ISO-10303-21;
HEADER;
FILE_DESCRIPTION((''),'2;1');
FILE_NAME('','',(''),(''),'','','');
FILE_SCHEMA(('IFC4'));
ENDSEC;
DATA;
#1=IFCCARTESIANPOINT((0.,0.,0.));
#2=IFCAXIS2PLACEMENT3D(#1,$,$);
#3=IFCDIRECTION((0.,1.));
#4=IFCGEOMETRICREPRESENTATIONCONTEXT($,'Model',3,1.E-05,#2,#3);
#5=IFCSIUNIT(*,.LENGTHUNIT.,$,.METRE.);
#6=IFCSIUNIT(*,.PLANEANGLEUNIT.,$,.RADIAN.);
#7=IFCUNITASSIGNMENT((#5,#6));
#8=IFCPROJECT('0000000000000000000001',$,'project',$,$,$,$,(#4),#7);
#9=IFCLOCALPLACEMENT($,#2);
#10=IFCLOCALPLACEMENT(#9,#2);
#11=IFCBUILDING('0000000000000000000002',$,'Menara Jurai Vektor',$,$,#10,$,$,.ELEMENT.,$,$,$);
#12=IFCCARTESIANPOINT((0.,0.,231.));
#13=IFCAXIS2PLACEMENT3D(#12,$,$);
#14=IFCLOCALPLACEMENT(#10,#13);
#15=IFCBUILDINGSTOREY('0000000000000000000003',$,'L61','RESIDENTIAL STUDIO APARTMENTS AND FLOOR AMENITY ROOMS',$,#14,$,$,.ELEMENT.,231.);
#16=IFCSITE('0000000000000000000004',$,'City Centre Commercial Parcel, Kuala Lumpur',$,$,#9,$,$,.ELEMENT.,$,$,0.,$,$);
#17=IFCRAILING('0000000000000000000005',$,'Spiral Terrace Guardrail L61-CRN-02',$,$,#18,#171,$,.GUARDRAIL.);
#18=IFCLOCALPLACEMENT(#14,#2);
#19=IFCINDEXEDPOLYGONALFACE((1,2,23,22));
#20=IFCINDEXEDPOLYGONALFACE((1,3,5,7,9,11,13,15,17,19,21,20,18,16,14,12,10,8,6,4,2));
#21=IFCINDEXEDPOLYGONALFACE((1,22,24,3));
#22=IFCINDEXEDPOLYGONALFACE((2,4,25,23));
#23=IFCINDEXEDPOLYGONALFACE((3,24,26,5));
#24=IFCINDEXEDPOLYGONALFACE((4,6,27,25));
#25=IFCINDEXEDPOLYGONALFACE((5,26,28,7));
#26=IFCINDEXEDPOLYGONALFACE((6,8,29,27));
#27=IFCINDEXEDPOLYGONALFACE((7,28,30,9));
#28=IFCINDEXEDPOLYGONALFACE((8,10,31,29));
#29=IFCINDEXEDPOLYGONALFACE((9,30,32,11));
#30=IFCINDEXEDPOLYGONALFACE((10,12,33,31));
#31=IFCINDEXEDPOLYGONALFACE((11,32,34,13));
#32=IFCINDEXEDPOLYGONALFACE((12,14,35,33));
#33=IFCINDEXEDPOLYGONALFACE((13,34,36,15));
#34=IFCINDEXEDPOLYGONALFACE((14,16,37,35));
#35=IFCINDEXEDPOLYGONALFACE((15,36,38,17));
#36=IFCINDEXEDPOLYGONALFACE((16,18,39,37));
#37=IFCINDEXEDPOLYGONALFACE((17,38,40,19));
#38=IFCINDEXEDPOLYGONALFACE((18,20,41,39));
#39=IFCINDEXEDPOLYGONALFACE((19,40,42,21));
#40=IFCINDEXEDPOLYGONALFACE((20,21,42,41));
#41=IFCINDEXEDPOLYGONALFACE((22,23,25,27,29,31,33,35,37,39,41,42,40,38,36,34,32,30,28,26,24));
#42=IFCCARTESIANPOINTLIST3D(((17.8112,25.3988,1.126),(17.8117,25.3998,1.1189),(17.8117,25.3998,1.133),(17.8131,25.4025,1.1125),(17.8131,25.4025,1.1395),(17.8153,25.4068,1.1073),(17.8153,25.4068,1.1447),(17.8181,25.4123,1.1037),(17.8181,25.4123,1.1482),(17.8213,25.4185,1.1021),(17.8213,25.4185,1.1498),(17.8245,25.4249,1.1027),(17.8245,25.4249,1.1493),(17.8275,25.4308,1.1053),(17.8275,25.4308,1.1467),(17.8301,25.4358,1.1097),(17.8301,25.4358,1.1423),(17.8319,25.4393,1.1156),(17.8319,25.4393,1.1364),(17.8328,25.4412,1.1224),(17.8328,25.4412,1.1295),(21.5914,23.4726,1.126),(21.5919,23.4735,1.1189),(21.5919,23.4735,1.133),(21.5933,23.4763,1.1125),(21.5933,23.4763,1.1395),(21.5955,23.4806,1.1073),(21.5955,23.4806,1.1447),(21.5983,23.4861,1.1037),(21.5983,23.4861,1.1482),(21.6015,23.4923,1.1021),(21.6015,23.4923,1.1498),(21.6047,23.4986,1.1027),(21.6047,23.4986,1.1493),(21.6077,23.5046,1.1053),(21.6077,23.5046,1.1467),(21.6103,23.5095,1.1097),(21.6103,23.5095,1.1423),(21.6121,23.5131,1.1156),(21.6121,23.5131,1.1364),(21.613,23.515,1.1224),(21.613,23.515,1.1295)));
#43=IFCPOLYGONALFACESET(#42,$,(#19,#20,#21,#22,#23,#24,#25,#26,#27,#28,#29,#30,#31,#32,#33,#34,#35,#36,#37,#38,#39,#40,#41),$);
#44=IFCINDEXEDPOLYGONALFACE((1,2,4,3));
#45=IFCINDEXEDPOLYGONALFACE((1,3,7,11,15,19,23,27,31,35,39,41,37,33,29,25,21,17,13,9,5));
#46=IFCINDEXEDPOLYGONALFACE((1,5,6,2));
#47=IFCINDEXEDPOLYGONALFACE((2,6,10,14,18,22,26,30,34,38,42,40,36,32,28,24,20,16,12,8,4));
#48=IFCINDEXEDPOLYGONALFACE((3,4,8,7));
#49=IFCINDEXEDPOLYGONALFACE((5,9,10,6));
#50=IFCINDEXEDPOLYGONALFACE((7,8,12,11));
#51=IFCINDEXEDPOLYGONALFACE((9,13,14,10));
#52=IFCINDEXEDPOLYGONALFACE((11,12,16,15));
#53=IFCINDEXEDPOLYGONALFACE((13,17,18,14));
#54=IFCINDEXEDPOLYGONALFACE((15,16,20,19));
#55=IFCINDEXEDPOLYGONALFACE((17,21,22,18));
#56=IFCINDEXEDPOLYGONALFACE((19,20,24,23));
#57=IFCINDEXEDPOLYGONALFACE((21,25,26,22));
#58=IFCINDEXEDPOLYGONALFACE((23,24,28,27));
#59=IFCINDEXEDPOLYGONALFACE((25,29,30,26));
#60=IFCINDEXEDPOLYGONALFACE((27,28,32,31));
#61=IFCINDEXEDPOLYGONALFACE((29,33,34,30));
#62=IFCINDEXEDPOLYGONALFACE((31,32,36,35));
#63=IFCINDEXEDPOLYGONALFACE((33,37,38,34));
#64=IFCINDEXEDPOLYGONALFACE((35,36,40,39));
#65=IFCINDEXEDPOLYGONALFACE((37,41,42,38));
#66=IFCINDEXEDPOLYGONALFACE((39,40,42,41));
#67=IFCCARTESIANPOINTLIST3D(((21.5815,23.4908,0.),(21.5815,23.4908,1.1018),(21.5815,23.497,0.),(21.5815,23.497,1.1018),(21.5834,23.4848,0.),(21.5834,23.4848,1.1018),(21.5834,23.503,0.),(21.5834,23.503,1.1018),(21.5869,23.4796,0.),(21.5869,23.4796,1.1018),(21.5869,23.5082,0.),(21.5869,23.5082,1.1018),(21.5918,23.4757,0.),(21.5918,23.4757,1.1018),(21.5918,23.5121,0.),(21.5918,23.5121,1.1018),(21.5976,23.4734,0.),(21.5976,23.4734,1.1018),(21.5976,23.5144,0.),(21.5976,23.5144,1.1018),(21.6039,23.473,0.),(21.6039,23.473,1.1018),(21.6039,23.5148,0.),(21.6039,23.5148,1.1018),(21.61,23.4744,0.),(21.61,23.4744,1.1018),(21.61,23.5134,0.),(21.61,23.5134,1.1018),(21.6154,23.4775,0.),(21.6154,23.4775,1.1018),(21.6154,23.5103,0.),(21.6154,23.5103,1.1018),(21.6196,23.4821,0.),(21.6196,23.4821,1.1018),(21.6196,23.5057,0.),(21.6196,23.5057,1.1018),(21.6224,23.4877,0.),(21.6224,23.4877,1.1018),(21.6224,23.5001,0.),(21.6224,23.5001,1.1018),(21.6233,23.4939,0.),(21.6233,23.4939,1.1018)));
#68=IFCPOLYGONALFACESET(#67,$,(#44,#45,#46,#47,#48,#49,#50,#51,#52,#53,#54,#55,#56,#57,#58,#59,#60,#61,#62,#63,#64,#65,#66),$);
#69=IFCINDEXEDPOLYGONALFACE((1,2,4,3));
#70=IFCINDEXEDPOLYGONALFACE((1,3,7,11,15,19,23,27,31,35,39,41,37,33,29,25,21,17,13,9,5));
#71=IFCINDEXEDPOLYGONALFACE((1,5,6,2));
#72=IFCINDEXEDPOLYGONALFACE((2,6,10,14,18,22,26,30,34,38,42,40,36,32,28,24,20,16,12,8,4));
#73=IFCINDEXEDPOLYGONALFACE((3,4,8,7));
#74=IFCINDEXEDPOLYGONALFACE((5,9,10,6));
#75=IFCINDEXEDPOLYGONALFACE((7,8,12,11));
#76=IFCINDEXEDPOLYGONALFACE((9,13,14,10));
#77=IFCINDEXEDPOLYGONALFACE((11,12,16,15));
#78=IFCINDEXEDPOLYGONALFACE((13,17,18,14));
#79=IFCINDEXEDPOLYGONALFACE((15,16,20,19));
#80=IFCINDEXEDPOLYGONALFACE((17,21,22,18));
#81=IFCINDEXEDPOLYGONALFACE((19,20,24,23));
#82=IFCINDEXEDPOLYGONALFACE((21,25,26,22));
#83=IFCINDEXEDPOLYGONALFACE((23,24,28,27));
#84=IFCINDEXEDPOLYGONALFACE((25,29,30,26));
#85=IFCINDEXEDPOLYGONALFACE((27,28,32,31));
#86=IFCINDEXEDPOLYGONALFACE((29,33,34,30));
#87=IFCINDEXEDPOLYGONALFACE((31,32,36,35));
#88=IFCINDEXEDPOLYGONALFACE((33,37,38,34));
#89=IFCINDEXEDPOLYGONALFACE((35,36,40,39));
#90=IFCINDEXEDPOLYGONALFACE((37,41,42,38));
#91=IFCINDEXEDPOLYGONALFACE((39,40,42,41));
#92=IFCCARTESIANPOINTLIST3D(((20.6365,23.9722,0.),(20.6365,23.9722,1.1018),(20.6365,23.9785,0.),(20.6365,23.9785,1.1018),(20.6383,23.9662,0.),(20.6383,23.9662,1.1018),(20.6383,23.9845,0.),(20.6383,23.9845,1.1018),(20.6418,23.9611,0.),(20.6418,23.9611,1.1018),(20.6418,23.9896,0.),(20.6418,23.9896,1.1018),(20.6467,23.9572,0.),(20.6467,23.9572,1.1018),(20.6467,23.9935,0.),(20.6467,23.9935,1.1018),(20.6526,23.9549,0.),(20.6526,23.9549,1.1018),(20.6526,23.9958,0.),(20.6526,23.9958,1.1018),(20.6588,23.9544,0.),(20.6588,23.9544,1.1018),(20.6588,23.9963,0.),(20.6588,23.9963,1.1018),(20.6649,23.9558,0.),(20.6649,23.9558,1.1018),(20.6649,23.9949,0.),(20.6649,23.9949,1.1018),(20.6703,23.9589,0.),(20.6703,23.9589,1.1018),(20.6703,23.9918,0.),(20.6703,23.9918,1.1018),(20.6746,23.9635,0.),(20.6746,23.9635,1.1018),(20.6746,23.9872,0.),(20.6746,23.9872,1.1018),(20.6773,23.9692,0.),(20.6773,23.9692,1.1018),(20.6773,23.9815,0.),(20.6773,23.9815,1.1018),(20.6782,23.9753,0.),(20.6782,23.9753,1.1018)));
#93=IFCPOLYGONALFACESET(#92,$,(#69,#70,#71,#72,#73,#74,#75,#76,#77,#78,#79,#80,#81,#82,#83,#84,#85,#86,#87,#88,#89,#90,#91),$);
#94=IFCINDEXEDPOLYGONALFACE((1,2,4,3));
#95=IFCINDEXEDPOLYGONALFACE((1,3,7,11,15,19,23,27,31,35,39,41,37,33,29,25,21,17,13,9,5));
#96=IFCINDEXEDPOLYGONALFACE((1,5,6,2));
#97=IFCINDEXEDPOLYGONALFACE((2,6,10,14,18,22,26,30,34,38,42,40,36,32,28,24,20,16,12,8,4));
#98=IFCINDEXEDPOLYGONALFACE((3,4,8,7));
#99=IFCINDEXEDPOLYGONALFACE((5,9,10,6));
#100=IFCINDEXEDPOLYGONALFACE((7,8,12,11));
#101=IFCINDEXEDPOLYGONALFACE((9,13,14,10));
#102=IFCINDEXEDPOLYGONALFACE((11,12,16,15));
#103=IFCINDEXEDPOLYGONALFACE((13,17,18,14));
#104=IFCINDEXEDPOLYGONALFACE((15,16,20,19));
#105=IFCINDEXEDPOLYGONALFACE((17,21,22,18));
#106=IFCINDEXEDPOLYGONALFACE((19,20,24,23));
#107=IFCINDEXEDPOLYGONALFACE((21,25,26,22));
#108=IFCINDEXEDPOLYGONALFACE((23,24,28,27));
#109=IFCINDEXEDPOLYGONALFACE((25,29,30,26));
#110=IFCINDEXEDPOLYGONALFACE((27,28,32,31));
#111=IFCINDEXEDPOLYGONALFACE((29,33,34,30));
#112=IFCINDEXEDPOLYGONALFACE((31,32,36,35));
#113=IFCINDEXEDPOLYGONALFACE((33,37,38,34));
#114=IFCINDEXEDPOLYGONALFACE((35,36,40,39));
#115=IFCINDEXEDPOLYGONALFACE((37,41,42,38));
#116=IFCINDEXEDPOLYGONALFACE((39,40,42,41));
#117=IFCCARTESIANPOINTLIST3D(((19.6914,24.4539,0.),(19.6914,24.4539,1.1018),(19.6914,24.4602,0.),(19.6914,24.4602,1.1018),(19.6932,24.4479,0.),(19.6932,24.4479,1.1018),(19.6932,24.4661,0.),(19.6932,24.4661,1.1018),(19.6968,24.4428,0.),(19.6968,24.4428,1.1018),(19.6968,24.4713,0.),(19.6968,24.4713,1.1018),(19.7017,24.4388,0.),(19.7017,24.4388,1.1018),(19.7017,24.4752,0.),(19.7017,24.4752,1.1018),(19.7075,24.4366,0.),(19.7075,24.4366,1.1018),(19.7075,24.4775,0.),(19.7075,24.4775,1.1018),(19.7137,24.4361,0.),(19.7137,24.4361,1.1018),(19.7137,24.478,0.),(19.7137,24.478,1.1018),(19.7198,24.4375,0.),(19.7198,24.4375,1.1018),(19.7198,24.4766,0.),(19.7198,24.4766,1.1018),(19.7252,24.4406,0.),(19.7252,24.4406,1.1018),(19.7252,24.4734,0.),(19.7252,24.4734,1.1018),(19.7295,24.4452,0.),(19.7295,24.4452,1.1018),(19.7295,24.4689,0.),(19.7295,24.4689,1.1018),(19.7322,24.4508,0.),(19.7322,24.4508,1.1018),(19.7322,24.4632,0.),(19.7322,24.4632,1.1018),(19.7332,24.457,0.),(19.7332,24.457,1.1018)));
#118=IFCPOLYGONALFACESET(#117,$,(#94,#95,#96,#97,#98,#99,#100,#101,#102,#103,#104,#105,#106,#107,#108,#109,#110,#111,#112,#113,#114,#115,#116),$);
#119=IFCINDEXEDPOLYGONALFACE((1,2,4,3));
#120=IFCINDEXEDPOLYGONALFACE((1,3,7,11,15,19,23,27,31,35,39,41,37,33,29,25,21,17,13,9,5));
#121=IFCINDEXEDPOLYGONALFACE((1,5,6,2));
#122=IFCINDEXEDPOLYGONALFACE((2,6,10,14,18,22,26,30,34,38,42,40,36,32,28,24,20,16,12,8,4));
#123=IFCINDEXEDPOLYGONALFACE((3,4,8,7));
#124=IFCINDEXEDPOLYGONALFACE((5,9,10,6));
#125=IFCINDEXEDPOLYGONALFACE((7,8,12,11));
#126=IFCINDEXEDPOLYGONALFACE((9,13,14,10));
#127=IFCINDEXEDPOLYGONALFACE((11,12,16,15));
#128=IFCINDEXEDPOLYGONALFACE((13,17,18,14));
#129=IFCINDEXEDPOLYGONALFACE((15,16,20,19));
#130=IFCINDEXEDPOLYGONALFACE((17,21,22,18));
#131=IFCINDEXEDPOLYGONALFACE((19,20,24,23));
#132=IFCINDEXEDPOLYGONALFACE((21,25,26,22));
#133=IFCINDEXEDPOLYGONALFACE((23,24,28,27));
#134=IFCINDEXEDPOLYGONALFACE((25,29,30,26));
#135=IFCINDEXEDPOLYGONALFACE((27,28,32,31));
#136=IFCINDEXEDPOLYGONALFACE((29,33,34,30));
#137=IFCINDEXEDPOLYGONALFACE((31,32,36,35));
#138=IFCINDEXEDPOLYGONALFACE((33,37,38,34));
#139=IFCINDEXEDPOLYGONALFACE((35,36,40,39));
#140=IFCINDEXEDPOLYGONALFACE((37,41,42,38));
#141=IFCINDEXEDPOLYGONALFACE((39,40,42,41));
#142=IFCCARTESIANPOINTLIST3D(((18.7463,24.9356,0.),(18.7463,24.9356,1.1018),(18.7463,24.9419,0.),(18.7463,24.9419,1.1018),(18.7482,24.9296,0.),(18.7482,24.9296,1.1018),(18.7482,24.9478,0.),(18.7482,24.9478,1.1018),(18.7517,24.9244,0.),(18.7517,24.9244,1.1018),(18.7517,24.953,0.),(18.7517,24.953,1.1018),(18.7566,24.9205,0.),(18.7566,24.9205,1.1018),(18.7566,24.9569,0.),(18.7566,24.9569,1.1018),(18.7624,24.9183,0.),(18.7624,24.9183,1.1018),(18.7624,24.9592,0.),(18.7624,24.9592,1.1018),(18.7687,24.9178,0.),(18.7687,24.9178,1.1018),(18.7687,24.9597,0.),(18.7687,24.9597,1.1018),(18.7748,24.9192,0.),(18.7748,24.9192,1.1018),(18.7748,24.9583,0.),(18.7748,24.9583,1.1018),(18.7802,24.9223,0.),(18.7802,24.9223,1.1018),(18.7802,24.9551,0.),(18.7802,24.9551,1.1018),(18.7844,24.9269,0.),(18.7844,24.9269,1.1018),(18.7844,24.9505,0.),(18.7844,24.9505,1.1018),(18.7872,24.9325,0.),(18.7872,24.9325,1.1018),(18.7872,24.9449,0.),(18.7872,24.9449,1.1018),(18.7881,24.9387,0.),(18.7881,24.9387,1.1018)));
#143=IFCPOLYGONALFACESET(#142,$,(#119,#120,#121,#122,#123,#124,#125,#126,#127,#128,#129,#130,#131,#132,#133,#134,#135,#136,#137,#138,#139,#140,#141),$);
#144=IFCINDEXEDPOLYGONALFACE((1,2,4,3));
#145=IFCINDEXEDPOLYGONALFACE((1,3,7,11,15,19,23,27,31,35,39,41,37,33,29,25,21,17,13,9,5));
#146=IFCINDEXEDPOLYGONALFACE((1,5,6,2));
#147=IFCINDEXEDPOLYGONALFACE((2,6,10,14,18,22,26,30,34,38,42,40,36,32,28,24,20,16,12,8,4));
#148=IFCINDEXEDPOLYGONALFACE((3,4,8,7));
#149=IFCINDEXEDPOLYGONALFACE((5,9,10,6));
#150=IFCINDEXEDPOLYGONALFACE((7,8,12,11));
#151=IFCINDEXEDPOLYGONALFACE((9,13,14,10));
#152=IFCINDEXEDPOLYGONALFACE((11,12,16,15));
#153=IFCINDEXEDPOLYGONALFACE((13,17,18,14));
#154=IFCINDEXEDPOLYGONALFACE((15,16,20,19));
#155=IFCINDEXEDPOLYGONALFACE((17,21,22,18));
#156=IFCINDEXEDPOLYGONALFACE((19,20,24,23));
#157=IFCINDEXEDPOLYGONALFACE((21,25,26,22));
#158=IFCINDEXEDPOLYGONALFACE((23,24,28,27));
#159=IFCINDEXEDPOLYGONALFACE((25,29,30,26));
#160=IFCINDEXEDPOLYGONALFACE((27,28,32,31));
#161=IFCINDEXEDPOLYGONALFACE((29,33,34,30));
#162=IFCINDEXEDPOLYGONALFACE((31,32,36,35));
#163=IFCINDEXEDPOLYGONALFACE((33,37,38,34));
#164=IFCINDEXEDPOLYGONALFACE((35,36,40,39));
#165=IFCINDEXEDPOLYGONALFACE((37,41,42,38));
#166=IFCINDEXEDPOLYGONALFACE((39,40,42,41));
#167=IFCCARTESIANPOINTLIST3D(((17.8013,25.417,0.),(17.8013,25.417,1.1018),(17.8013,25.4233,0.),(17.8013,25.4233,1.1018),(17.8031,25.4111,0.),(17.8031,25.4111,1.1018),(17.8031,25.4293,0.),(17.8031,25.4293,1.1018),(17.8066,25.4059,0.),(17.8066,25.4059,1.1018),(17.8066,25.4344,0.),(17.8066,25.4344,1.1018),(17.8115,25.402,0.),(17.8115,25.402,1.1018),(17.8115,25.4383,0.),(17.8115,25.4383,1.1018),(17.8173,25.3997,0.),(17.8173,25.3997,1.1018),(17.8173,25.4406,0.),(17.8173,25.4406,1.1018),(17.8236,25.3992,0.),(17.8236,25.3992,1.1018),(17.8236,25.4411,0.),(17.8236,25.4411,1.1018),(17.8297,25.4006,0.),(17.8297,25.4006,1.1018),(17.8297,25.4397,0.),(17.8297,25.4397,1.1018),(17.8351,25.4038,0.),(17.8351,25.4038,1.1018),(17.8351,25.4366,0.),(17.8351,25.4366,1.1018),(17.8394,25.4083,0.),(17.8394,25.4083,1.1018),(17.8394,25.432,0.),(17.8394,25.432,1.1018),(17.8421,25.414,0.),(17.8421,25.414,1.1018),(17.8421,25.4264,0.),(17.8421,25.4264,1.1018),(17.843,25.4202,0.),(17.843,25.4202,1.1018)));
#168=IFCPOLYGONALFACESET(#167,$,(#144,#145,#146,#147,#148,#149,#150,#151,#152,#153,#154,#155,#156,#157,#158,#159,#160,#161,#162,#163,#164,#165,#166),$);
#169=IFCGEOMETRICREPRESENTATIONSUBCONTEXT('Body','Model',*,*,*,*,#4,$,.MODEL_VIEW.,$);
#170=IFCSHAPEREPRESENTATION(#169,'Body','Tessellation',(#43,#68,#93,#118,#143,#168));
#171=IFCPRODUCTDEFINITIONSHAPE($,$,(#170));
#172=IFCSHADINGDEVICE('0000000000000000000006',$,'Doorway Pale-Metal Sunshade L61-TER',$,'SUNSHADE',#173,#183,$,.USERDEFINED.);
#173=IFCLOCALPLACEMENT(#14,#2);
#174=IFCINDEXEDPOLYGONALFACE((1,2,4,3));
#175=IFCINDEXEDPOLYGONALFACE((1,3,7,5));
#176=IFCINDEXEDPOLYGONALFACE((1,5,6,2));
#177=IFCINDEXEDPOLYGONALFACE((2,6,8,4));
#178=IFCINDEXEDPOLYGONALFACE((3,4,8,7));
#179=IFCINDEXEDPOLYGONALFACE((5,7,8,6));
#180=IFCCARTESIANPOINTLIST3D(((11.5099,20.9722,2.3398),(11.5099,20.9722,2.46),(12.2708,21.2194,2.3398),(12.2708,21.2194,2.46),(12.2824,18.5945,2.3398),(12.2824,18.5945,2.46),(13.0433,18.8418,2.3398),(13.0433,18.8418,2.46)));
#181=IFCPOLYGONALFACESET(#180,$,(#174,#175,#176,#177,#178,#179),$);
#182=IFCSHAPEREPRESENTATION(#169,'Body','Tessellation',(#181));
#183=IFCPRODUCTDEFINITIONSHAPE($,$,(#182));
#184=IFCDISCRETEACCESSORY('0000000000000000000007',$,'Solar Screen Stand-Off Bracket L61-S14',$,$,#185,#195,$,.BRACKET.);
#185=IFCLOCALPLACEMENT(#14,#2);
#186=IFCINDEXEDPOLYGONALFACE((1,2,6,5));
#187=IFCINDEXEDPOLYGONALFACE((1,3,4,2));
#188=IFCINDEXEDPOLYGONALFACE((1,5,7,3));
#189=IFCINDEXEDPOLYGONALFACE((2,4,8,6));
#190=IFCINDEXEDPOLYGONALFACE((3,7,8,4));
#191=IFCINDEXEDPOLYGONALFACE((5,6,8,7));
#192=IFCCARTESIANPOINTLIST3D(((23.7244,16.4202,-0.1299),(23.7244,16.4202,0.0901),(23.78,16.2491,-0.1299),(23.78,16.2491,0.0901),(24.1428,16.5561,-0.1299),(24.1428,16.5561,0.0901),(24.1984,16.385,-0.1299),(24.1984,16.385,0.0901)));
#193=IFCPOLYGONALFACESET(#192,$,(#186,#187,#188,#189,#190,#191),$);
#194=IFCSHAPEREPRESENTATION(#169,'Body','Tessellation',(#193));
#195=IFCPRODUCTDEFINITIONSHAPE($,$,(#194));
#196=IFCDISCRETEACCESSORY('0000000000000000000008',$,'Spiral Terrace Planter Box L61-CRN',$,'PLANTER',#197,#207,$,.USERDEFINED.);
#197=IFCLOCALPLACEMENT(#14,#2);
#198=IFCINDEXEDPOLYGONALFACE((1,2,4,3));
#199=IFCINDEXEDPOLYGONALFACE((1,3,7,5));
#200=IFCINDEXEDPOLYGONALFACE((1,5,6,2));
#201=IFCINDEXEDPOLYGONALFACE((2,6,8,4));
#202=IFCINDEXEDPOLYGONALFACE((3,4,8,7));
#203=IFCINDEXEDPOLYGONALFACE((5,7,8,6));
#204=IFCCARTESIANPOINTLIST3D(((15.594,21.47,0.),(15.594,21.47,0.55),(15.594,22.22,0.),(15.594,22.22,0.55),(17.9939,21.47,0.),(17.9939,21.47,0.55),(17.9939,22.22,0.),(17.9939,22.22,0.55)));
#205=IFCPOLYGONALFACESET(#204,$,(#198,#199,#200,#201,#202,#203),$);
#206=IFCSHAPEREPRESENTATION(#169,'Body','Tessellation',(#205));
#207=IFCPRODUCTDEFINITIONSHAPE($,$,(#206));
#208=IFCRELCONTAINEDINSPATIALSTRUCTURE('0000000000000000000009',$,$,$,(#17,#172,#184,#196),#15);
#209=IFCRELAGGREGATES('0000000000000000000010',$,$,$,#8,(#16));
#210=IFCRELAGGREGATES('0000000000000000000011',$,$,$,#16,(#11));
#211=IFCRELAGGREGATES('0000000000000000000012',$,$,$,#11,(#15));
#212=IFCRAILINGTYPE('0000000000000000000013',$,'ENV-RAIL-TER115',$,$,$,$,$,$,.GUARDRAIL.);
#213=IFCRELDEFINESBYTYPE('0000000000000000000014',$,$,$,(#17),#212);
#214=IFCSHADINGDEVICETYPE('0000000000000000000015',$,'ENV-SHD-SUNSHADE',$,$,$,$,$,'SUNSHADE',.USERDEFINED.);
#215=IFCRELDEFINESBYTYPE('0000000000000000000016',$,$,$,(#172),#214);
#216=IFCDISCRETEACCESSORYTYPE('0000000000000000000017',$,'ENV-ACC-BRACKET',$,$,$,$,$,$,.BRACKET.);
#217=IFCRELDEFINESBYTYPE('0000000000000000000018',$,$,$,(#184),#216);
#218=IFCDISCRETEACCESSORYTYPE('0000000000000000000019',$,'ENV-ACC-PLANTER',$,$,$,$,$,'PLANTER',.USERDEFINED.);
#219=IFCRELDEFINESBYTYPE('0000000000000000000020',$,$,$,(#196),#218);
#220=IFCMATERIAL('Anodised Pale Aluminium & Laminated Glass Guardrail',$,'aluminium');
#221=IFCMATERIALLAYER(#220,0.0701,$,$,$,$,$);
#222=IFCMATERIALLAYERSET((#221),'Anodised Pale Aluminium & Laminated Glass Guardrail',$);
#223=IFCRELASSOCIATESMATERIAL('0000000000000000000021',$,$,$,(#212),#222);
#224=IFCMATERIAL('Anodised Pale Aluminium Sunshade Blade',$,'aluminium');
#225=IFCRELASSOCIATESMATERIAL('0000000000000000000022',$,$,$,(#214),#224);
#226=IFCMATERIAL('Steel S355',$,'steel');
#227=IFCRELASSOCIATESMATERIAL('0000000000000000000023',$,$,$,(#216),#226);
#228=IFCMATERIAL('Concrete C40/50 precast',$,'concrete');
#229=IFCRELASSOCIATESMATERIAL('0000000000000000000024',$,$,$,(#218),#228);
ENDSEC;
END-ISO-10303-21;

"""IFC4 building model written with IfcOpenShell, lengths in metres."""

from ifc_helpers import new_model, si_unit, direction, frame, origin, origin_2d, place, context, subcontext, project, spatial, rectangle, circle, extrude, material, layer, layer_set, type_object, element, save


model = new_model("IFC4")

# Units and contexts
model_context = context("Model", 3, precision=1e-05, world=origin(), true_north=direction((0.0, 1.0)))
body_context = subcontext(model_context, "Body", "Model", "MODEL_VIEW")
ifc_project = project(units=[si_unit("LENGTHUNIT", "METRE"), si_unit("PLANEANGLEUNIT", "RADIAN")], contexts=[model_context])

# Site, building, storey
site_placement = place(None, origin())
site = spatial("IfcSite", under=ifc_project, at=site_placement, Name="City Centre Commercial Parcel, Kuala Lumpur", CompositionType="ELEMENT", RefElevation=0.0)
building_placement = place(site_placement, origin())
building = spatial("IfcBuilding", under=site, at=building_placement, Name="Menara Jurai Vektor", CompositionType="ELEMENT")
storey_placement = place(building_placement, frame((0.0, 0.0, 231.0)))
storey = spatial("IfcBuildingStorey", under=building, at=storey_placement, Name="L61", Description="RESIDENTIAL STUDIO APARTMENTS AND FLOOR AMENITY ROOMS", CompositionType="ELEMENT", Elevation=231.0)

# Shared definitions
ifc_material_1 = material(Name="Steel S355", Category="steel")

# Railing
ifc_material_2 = material(Name="Anodised Pale Aluminium & Laminated Glass Guardrail", Category="aluminium")
ifc_layer_1 = layer(ifc_material_2, 0.0701)
ifc_layer_set_1 = layer_set([ifc_layer_1], Name="Anodised Pale Aluminium & Laminated Glass Guardrail")
railing_type = type_object("IfcRailingType", Name="ENV-RAIL-TER115", PredefinedType="GUARDRAIL", material=ifc_layer_set_1)
railing_1_placement = place(storey_placement, frame((21.6023, 23.4939, 0.0)))
element("IfcRailing", 1, at=railing_1_placement, inside=storey, type_object=railing_type, Name="Spiral Terrace Guardrail L61-CRN-02", PredefinedType="GUARDRAIL", context=body_context, shape_type="SweptSolid", body=[
    extrude(circle(Radius=0.0239, at=origin_2d()), frame((0.0, 0.0, 1.126), z_axis=(-0.890995, 0.454014, 0.0), x_axis=(-0.454014, -0.890995, 0.0)), (0.0, 0.0, 1.0), 4.2427),
    extrude(circle(Radius=0.021, at=origin_2d()), origin(), (0.0, 0.0, 1.0), 1.1018),
    extrude(circle(Radius=0.021, at=origin_2d()), frame((-0.9451, 0.4814, 0.0)), (0.0, 0.0, 1.0), 1.1018),
    extrude(circle(Radius=0.021, at=origin_2d()), frame((-1.8901, 0.9631, 0.0)), (0.0, 0.0, 1.0), 1.1018),
    extrude(circle(Radius=0.021, at=origin_2d()), frame((-2.8352, 1.4448, 0.0)), (0.0, 0.0, 1.0), 1.1018),
    extrude(circle(Radius=0.021, at=origin_2d()), frame((-3.7803, 1.9263, 0.0)), (0.0, 0.0, 1.0), 1.1018),
])

# Shading device
ifc_material_3 = material(Name="Anodised Pale Aluminium Sunshade Blade", Category="aluminium")
shading_device_type = type_object("IfcShadingDeviceType", Name="ENV-SHD-SUNSHADE", ElementType="SUNSHADE", PredefinedType="USERDEFINED", material=ifc_material_3)
shading_device_placement = place(storey_placement, frame((12.2766, 19.907, 2.3398), z_axis=(0.0, 0.0, 1.0), x_axis=(-0.309017, 0.951057, 0.0)))
element("IfcShadingDevice", 2, at=shading_device_placement, inside=storey, type_object=shading_device_type, Name="Doorway Pale-Metal Sunshade L61-TER", ObjectType="SUNSHADE", PredefinedType="USERDEFINED", context=body_context, shape_type="SweptSolid", body=[
    extrude(rectangle(XDim=2.5, YDim=0.8, at=origin_2d()), origin(), (0.0, 0.0, 1.0), 0.1201),
])

# Discrete accessories
discrete_accessory_type_1 = type_object("IfcDiscreteAccessoryType", Name="ENV-ACC-BRACKET", PredefinedType="BRACKET", material=ifc_material_1)
discrete_accessory_1_placement = place(storey_placement, frame((23.9614, 16.4026, -0.1299), z_axis=(0.0, 0.0, 1.0), x_axis=(-0.309017, 0.951057, 0.0)))
element("IfcDiscreteAccessory", 3, at=discrete_accessory_1_placement, inside=storey, type_object=discrete_accessory_type_1, Name="Solar Screen Stand-Off Bracket L61-S14", PredefinedType="BRACKET", context=body_context, shape_type="SweptSolid", body=[
    extrude(rectangle(XDim=0.1799, YDim=0.4399, at=origin_2d()), origin(), (0.0, 0.0, 1.0), 0.22),
])
ifc_material_4 = material(Name="Concrete C40/50 precast", Category="concrete")
discrete_accessory_type_2 = type_object("IfcDiscreteAccessoryType", Name="ENV-ACC-PLANTER", ElementType="PLANTER", PredefinedType="USERDEFINED", material=ifc_material_4)
discrete_accessory_2_placement = place(storey_placement, frame((16.7939, 21.845, 0.0), z_axis=(0.0, 0.0, 1.0), x_axis=(1.0, 0.0, 0.0)))
element("IfcDiscreteAccessory", 4, at=discrete_accessory_2_placement, inside=storey, type_object=discrete_accessory_type_2, Name="Spiral Terrace Planter Box L61-CRN", ObjectType="PLANTER", PredefinedType="USERDEFINED", context=body_context, shape_type="SweptSolid", body=[
    extrude(rectangle(XDim=2.3999, YDim=0.75, at=origin_2d()), origin(), (0.0, 0.0, 1.0), 0.55),
])

save(model, "model.ifc")
